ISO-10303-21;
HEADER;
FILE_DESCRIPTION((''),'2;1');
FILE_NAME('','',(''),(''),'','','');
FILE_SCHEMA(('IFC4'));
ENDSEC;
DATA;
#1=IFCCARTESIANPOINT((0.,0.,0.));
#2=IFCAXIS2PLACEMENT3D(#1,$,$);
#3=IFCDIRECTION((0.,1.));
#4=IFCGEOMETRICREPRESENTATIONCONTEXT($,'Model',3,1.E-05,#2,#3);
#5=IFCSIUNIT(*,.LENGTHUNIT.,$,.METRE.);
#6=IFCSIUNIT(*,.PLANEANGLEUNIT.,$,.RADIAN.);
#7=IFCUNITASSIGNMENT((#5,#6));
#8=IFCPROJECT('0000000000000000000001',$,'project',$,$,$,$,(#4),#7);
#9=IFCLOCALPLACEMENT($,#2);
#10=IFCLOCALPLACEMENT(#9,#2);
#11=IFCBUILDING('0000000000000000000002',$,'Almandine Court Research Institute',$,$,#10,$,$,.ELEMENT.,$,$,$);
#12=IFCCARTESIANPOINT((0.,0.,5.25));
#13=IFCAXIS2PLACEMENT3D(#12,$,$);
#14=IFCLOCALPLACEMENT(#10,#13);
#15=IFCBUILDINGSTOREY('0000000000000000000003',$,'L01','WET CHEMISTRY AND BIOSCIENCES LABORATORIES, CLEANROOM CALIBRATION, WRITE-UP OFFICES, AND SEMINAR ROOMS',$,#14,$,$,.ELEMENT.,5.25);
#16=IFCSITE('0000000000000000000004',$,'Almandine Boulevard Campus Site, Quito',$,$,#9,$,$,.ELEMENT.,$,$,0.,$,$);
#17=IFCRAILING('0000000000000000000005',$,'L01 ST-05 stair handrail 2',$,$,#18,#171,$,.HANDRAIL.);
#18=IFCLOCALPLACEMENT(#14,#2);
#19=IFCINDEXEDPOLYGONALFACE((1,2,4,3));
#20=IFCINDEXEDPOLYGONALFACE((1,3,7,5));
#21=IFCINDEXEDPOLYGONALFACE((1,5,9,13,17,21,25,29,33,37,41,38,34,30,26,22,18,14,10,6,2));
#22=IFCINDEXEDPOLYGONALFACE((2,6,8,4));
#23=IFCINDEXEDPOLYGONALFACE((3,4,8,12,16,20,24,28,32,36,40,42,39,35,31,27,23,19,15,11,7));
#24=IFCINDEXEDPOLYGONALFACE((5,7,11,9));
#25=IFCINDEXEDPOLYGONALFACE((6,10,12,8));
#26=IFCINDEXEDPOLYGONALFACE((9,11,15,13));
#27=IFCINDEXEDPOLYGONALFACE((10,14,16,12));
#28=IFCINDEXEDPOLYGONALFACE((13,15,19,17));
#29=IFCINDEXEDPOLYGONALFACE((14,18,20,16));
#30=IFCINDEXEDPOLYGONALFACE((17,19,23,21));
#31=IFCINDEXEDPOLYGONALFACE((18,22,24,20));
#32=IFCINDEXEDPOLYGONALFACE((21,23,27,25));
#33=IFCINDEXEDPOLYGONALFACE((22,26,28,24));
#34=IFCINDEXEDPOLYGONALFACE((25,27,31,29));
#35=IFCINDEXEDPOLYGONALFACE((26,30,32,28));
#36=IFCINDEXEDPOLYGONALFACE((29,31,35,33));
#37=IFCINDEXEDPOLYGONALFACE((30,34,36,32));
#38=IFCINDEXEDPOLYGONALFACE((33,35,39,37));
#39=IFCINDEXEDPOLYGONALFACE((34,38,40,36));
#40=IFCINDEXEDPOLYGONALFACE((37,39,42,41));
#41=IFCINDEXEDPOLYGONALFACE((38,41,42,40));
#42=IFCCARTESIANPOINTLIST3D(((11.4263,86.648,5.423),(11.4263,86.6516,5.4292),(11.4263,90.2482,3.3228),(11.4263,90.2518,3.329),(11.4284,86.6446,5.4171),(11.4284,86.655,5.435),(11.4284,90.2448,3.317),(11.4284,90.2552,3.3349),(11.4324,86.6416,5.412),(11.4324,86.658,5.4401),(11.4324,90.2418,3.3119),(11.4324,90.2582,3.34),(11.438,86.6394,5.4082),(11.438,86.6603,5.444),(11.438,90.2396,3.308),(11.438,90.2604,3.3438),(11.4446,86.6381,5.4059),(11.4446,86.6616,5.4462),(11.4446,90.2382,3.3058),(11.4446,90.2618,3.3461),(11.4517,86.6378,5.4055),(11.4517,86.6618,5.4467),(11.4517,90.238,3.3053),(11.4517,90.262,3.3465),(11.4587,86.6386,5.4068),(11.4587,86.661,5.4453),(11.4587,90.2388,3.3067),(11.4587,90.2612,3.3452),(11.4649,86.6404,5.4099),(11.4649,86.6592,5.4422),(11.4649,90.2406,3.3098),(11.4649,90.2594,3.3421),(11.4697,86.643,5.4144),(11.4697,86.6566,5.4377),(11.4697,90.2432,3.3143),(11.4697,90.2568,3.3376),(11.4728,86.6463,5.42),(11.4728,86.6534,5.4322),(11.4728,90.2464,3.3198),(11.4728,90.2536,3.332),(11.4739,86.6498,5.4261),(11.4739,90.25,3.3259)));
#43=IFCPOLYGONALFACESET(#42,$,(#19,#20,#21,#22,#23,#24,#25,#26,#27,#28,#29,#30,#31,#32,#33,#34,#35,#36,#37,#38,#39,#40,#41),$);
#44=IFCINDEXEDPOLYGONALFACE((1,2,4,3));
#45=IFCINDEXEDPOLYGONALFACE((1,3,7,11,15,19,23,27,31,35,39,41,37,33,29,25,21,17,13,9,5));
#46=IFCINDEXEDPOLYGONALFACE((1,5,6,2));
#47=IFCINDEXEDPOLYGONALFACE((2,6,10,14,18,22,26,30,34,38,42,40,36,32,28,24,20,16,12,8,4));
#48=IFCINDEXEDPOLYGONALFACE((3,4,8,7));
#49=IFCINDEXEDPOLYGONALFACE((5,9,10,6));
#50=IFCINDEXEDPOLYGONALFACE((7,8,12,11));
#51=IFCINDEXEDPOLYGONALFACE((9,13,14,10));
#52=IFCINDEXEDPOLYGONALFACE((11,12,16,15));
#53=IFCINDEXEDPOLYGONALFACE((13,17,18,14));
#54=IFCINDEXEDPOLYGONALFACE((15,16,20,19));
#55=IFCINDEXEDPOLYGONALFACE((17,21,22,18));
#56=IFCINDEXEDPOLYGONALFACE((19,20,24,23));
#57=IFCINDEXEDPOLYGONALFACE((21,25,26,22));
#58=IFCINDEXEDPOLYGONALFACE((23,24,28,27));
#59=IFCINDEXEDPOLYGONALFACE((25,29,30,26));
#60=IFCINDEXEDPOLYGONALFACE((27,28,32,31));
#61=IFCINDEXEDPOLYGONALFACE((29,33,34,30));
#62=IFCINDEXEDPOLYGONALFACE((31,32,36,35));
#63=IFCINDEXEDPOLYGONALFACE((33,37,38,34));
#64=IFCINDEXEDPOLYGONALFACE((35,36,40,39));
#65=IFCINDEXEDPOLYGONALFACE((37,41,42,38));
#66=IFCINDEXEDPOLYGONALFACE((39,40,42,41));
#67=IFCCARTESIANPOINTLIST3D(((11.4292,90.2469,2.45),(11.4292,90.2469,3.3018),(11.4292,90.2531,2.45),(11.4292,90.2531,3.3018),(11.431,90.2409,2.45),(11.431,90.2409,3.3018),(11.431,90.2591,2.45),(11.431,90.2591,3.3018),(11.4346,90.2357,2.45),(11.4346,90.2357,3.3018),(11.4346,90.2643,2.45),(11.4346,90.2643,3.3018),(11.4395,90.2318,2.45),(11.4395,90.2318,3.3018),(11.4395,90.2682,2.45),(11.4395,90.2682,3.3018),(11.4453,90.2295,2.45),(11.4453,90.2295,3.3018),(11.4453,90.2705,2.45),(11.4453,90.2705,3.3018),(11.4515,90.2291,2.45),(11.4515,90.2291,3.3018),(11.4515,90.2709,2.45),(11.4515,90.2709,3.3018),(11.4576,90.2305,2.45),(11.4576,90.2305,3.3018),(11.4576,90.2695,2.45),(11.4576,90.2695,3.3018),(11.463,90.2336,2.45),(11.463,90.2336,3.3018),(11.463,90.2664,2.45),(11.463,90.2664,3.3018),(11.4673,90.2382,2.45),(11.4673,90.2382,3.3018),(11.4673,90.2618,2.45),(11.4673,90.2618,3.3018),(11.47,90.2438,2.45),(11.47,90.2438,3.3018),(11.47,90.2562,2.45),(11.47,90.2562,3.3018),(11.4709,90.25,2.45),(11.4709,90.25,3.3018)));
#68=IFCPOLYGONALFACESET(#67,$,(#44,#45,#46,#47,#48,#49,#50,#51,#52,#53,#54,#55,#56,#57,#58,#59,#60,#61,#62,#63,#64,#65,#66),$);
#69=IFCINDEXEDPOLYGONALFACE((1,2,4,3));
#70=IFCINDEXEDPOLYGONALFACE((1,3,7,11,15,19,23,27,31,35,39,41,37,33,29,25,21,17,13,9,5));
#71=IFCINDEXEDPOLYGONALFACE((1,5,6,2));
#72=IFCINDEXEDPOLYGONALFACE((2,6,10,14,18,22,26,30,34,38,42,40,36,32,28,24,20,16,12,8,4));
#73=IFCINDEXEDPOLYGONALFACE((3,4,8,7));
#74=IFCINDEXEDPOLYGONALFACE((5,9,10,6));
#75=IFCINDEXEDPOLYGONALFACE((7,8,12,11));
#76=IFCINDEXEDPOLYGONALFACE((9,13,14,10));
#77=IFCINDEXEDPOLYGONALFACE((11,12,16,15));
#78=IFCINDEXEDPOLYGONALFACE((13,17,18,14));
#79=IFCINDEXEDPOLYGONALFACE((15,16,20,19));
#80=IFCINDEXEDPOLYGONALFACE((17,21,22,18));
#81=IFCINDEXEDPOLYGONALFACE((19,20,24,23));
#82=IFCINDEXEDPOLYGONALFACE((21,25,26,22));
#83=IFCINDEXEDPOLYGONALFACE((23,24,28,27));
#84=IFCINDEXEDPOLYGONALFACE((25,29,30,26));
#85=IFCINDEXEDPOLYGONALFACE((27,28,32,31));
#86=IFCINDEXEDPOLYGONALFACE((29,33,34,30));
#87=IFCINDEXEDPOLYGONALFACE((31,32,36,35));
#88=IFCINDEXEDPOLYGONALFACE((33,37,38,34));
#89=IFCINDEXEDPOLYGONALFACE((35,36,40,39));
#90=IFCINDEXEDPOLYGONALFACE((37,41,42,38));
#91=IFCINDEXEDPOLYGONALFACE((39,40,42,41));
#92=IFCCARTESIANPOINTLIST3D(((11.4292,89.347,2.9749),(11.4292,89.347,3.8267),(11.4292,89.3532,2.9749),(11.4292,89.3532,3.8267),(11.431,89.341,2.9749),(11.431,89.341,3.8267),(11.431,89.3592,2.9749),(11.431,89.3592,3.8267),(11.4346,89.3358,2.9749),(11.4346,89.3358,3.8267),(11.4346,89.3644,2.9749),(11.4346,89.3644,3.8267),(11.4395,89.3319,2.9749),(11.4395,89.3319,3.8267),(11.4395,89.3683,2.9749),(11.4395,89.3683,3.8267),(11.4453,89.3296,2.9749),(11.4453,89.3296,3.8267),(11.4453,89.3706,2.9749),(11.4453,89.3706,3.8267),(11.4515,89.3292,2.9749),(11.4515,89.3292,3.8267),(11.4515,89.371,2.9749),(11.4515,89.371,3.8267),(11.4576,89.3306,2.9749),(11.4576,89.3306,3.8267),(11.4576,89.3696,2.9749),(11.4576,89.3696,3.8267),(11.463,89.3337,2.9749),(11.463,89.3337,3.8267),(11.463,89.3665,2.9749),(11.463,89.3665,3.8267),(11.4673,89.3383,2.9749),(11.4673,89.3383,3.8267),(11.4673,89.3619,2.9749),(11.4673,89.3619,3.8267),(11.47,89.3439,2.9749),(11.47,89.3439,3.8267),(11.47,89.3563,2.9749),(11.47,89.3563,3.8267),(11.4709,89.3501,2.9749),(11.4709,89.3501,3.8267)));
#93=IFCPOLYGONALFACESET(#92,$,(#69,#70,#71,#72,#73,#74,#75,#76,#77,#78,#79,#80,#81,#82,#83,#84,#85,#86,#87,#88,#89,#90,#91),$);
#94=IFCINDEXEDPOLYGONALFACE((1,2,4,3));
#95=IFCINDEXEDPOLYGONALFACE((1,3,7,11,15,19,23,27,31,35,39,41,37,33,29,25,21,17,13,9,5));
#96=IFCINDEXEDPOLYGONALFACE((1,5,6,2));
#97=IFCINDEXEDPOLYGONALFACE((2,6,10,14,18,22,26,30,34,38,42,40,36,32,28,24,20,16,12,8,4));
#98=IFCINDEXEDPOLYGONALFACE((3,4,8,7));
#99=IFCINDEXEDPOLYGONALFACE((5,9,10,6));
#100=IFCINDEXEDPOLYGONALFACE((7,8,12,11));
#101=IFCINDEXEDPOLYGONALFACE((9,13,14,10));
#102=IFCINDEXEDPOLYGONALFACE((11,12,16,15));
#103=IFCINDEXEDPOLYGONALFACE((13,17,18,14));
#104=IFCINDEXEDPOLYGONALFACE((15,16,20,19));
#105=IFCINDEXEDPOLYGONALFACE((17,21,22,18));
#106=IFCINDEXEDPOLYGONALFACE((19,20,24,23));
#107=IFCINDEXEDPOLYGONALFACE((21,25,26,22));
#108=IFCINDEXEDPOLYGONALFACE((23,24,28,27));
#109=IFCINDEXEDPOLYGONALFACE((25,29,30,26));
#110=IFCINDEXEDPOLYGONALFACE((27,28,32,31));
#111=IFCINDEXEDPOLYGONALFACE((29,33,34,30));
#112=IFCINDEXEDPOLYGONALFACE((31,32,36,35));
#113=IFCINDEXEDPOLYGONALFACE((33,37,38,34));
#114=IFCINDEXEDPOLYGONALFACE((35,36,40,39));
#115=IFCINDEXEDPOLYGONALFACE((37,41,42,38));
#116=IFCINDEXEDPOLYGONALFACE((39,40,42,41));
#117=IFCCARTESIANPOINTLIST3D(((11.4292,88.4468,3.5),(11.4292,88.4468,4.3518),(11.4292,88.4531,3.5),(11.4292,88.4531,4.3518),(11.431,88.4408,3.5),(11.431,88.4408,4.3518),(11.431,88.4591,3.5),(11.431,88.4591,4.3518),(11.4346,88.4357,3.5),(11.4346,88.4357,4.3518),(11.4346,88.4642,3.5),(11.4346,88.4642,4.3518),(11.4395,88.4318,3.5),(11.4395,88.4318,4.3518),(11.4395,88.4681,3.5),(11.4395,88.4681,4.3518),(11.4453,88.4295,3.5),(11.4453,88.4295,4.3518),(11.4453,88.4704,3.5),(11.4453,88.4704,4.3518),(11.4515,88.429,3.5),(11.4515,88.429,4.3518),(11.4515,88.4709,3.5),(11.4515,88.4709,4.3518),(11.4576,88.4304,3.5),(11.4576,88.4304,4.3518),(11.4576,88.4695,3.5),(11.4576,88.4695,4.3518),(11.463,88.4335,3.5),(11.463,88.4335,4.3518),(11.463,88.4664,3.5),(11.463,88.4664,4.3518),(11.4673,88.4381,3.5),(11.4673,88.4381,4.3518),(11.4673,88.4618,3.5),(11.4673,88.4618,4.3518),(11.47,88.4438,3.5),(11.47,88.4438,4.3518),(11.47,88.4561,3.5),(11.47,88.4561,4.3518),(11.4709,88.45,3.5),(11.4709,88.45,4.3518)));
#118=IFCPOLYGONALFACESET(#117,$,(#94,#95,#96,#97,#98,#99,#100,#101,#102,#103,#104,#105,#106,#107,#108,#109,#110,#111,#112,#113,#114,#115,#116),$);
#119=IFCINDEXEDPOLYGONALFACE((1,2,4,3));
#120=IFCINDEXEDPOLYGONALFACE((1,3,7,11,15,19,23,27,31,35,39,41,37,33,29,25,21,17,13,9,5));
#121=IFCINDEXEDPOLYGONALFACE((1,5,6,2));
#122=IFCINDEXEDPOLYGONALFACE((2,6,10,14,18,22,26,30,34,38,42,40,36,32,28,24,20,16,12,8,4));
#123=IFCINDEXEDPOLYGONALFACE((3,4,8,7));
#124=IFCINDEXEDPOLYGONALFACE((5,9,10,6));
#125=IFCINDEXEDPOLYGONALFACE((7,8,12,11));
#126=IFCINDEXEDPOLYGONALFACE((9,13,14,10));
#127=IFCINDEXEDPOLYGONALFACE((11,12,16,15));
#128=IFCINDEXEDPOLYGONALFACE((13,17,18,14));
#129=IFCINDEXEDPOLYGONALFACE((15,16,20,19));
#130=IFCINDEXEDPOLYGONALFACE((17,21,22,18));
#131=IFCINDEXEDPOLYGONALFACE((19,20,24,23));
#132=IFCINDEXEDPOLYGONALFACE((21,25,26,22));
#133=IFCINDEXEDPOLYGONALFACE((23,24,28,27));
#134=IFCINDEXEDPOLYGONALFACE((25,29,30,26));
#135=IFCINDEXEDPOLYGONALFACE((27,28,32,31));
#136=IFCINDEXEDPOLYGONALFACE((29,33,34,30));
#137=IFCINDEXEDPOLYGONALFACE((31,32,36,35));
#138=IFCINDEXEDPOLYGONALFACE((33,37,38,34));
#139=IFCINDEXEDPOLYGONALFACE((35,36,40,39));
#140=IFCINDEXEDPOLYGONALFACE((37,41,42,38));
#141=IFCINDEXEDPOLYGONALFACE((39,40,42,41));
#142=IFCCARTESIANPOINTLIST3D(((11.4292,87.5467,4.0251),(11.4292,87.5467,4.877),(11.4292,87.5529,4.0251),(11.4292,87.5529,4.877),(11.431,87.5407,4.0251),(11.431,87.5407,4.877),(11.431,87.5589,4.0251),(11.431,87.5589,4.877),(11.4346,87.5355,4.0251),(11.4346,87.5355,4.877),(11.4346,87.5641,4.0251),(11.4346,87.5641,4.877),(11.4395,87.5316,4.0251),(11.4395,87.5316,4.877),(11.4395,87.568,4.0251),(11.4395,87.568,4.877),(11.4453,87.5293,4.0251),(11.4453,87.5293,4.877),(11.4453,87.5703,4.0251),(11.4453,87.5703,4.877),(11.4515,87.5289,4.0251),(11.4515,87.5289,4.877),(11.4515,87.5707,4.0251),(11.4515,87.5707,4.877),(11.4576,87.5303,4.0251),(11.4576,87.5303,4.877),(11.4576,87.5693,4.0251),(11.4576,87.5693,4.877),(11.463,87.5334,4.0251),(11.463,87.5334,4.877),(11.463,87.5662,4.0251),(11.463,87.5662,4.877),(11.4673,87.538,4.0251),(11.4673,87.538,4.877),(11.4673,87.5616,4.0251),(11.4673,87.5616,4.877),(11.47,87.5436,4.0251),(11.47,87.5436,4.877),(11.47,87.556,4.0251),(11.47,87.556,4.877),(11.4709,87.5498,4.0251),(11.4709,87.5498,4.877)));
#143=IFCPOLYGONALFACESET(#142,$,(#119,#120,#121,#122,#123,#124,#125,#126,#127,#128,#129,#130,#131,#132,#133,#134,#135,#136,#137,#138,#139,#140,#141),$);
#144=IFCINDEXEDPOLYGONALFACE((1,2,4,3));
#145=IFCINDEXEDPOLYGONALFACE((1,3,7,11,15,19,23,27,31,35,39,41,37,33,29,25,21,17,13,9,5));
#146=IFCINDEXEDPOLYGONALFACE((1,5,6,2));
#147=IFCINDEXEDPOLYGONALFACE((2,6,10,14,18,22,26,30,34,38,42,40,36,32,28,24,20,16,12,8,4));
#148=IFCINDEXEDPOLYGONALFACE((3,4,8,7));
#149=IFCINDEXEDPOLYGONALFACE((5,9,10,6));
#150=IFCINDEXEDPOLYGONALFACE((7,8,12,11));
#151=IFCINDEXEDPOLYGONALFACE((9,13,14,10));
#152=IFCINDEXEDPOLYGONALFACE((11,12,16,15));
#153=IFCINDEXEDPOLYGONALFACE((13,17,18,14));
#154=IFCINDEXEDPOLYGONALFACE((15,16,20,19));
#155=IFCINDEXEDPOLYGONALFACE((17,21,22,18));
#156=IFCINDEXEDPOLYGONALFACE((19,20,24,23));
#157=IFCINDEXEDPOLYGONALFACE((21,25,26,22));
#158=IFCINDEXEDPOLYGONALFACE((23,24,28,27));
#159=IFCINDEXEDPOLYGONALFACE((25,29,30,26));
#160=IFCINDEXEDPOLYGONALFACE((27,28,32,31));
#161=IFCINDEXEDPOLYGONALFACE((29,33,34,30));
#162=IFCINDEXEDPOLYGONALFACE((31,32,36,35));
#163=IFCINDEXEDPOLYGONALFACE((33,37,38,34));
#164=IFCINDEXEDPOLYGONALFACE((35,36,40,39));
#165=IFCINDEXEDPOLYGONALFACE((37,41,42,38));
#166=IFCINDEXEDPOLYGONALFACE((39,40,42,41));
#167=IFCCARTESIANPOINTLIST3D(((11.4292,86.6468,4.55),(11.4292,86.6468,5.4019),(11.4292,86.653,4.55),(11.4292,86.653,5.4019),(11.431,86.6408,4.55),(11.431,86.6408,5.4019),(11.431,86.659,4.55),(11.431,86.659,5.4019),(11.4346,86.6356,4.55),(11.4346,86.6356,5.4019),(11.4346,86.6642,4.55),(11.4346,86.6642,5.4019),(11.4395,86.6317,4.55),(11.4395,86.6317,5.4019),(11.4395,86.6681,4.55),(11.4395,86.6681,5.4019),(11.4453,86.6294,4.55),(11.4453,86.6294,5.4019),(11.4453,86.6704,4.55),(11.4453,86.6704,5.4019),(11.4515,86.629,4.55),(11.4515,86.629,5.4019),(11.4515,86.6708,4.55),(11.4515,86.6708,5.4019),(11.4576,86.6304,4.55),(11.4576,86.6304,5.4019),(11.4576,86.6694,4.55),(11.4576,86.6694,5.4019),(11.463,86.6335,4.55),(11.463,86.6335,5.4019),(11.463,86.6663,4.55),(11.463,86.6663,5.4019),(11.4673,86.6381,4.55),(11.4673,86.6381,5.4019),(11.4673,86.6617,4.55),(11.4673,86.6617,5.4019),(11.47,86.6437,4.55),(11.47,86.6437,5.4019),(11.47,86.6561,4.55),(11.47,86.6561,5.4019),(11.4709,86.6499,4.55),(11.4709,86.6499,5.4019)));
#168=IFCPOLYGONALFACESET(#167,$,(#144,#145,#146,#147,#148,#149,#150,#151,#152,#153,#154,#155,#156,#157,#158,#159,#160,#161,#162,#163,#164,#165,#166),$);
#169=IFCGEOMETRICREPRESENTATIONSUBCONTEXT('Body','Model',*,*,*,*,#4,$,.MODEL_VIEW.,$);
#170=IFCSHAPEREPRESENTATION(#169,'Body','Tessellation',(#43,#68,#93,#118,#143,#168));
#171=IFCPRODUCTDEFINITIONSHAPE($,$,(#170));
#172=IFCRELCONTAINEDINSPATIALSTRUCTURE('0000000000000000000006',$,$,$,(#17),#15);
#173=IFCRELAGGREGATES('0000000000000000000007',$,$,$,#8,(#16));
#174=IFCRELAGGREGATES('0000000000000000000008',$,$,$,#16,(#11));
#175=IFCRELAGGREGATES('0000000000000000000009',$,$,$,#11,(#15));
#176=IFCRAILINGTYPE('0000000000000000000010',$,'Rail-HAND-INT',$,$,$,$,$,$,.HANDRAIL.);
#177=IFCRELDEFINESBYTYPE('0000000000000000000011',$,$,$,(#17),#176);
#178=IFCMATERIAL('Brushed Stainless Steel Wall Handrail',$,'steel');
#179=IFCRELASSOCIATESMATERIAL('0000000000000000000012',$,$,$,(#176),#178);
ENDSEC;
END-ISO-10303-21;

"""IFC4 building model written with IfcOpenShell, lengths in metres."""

from ifc_helpers import new_model, si_unit, direction, frame, origin, origin_2d, place, context, subcontext, project, spatial, circle, extrude, material, type_object, element, save


model = new_model("IFC4")

# Units and contexts
model_context = context("Model", 3, precision=1e-05, world=origin(), true_north=direction((0.0, 1.0)))
body_context = subcontext(model_context, "Body", "Model", "MODEL_VIEW")
ifc_project = project(units=[si_unit("LENGTHUNIT", "METRE"), si_unit("PLANEANGLEUNIT", "RADIAN")], contexts=[model_context])

# Site, building, storey
site_placement = place(None, origin())
site = spatial("IfcSite", under=ifc_project, at=site_placement, Name="Almandine Boulevard Campus Site, Quito", CompositionType="ELEMENT", RefElevation=0.0)
building_placement = place(site_placement, origin())
building = spatial("IfcBuilding", under=site, at=building_placement, Name="Almandine Court Research Institute", CompositionType="ELEMENT")
storey_placement = place(building_placement, frame((0.0, 0.0, 5.25)))
storey = spatial("IfcBuildingStorey", under=building, at=storey_placement, Name="L01", Description="WET CHEMISTRY AND BIOSCIENCES LABORATORIES, CLEANROOM CALIBRATION, WRITE-UP OFFICES, AND SEMINAR ROOMS", CompositionType="ELEMENT", Elevation=5.25)

# Railing
ifc_material_1 = material(Name="Brushed Stainless Steel Wall Handrail", Category="steel")
railing_type_1 = type_object("IfcRailingType", Name="Rail-HAND-INT", PredefinedType="HANDRAIL", material=ifc_material_1)
railing_1_placement = place(storey_placement, frame((11.45, 90.25, 2.45)))
element("IfcRailing", 1, at=railing_1_placement, inside=storey, type_object=railing_type_1, Name="L01 ST-05 stair handrail 2", PredefinedType="HANDRAIL", context=body_context, shape_type="SweptSolid", body=[
    extrude(circle(Radius=0.0239, at=origin_2d()), frame((0.0, 0.0, 0.876), z_axis=(0.0, -0.863775, 0.503878), x_axis=(1.0, 0.0, 0.0)), (0.0, 0.0, 1.0), 4.168),
    extrude(circle(Radius=0.021, at=origin_2d()), origin(), (0.0, 0.0, 1.0), 0.8518),
    extrude(circle(Radius=0.021, at=origin_2d()), frame((0.0, -0.8999, 0.5249)), (0.0, 0.0, 1.0), 0.8518),
    extrude(circle(Radius=0.021, at=origin_2d()), frame((0.0, -1.8, 1.05)), (0.0, 0.0, 1.0), 0.8518),
    extrude(circle(Radius=0.021, at=origin_2d()), frame((0.0, -2.7002, 1.5752)), (0.0, 0.0, 1.0), 0.8518),
    extrude(circle(Radius=0.021, at=origin_2d()), frame((0.0, -3.6001, 2.1001)), (0.0, 0.0, 1.0), 0.8518),
])

save(model, "model.ifc")
